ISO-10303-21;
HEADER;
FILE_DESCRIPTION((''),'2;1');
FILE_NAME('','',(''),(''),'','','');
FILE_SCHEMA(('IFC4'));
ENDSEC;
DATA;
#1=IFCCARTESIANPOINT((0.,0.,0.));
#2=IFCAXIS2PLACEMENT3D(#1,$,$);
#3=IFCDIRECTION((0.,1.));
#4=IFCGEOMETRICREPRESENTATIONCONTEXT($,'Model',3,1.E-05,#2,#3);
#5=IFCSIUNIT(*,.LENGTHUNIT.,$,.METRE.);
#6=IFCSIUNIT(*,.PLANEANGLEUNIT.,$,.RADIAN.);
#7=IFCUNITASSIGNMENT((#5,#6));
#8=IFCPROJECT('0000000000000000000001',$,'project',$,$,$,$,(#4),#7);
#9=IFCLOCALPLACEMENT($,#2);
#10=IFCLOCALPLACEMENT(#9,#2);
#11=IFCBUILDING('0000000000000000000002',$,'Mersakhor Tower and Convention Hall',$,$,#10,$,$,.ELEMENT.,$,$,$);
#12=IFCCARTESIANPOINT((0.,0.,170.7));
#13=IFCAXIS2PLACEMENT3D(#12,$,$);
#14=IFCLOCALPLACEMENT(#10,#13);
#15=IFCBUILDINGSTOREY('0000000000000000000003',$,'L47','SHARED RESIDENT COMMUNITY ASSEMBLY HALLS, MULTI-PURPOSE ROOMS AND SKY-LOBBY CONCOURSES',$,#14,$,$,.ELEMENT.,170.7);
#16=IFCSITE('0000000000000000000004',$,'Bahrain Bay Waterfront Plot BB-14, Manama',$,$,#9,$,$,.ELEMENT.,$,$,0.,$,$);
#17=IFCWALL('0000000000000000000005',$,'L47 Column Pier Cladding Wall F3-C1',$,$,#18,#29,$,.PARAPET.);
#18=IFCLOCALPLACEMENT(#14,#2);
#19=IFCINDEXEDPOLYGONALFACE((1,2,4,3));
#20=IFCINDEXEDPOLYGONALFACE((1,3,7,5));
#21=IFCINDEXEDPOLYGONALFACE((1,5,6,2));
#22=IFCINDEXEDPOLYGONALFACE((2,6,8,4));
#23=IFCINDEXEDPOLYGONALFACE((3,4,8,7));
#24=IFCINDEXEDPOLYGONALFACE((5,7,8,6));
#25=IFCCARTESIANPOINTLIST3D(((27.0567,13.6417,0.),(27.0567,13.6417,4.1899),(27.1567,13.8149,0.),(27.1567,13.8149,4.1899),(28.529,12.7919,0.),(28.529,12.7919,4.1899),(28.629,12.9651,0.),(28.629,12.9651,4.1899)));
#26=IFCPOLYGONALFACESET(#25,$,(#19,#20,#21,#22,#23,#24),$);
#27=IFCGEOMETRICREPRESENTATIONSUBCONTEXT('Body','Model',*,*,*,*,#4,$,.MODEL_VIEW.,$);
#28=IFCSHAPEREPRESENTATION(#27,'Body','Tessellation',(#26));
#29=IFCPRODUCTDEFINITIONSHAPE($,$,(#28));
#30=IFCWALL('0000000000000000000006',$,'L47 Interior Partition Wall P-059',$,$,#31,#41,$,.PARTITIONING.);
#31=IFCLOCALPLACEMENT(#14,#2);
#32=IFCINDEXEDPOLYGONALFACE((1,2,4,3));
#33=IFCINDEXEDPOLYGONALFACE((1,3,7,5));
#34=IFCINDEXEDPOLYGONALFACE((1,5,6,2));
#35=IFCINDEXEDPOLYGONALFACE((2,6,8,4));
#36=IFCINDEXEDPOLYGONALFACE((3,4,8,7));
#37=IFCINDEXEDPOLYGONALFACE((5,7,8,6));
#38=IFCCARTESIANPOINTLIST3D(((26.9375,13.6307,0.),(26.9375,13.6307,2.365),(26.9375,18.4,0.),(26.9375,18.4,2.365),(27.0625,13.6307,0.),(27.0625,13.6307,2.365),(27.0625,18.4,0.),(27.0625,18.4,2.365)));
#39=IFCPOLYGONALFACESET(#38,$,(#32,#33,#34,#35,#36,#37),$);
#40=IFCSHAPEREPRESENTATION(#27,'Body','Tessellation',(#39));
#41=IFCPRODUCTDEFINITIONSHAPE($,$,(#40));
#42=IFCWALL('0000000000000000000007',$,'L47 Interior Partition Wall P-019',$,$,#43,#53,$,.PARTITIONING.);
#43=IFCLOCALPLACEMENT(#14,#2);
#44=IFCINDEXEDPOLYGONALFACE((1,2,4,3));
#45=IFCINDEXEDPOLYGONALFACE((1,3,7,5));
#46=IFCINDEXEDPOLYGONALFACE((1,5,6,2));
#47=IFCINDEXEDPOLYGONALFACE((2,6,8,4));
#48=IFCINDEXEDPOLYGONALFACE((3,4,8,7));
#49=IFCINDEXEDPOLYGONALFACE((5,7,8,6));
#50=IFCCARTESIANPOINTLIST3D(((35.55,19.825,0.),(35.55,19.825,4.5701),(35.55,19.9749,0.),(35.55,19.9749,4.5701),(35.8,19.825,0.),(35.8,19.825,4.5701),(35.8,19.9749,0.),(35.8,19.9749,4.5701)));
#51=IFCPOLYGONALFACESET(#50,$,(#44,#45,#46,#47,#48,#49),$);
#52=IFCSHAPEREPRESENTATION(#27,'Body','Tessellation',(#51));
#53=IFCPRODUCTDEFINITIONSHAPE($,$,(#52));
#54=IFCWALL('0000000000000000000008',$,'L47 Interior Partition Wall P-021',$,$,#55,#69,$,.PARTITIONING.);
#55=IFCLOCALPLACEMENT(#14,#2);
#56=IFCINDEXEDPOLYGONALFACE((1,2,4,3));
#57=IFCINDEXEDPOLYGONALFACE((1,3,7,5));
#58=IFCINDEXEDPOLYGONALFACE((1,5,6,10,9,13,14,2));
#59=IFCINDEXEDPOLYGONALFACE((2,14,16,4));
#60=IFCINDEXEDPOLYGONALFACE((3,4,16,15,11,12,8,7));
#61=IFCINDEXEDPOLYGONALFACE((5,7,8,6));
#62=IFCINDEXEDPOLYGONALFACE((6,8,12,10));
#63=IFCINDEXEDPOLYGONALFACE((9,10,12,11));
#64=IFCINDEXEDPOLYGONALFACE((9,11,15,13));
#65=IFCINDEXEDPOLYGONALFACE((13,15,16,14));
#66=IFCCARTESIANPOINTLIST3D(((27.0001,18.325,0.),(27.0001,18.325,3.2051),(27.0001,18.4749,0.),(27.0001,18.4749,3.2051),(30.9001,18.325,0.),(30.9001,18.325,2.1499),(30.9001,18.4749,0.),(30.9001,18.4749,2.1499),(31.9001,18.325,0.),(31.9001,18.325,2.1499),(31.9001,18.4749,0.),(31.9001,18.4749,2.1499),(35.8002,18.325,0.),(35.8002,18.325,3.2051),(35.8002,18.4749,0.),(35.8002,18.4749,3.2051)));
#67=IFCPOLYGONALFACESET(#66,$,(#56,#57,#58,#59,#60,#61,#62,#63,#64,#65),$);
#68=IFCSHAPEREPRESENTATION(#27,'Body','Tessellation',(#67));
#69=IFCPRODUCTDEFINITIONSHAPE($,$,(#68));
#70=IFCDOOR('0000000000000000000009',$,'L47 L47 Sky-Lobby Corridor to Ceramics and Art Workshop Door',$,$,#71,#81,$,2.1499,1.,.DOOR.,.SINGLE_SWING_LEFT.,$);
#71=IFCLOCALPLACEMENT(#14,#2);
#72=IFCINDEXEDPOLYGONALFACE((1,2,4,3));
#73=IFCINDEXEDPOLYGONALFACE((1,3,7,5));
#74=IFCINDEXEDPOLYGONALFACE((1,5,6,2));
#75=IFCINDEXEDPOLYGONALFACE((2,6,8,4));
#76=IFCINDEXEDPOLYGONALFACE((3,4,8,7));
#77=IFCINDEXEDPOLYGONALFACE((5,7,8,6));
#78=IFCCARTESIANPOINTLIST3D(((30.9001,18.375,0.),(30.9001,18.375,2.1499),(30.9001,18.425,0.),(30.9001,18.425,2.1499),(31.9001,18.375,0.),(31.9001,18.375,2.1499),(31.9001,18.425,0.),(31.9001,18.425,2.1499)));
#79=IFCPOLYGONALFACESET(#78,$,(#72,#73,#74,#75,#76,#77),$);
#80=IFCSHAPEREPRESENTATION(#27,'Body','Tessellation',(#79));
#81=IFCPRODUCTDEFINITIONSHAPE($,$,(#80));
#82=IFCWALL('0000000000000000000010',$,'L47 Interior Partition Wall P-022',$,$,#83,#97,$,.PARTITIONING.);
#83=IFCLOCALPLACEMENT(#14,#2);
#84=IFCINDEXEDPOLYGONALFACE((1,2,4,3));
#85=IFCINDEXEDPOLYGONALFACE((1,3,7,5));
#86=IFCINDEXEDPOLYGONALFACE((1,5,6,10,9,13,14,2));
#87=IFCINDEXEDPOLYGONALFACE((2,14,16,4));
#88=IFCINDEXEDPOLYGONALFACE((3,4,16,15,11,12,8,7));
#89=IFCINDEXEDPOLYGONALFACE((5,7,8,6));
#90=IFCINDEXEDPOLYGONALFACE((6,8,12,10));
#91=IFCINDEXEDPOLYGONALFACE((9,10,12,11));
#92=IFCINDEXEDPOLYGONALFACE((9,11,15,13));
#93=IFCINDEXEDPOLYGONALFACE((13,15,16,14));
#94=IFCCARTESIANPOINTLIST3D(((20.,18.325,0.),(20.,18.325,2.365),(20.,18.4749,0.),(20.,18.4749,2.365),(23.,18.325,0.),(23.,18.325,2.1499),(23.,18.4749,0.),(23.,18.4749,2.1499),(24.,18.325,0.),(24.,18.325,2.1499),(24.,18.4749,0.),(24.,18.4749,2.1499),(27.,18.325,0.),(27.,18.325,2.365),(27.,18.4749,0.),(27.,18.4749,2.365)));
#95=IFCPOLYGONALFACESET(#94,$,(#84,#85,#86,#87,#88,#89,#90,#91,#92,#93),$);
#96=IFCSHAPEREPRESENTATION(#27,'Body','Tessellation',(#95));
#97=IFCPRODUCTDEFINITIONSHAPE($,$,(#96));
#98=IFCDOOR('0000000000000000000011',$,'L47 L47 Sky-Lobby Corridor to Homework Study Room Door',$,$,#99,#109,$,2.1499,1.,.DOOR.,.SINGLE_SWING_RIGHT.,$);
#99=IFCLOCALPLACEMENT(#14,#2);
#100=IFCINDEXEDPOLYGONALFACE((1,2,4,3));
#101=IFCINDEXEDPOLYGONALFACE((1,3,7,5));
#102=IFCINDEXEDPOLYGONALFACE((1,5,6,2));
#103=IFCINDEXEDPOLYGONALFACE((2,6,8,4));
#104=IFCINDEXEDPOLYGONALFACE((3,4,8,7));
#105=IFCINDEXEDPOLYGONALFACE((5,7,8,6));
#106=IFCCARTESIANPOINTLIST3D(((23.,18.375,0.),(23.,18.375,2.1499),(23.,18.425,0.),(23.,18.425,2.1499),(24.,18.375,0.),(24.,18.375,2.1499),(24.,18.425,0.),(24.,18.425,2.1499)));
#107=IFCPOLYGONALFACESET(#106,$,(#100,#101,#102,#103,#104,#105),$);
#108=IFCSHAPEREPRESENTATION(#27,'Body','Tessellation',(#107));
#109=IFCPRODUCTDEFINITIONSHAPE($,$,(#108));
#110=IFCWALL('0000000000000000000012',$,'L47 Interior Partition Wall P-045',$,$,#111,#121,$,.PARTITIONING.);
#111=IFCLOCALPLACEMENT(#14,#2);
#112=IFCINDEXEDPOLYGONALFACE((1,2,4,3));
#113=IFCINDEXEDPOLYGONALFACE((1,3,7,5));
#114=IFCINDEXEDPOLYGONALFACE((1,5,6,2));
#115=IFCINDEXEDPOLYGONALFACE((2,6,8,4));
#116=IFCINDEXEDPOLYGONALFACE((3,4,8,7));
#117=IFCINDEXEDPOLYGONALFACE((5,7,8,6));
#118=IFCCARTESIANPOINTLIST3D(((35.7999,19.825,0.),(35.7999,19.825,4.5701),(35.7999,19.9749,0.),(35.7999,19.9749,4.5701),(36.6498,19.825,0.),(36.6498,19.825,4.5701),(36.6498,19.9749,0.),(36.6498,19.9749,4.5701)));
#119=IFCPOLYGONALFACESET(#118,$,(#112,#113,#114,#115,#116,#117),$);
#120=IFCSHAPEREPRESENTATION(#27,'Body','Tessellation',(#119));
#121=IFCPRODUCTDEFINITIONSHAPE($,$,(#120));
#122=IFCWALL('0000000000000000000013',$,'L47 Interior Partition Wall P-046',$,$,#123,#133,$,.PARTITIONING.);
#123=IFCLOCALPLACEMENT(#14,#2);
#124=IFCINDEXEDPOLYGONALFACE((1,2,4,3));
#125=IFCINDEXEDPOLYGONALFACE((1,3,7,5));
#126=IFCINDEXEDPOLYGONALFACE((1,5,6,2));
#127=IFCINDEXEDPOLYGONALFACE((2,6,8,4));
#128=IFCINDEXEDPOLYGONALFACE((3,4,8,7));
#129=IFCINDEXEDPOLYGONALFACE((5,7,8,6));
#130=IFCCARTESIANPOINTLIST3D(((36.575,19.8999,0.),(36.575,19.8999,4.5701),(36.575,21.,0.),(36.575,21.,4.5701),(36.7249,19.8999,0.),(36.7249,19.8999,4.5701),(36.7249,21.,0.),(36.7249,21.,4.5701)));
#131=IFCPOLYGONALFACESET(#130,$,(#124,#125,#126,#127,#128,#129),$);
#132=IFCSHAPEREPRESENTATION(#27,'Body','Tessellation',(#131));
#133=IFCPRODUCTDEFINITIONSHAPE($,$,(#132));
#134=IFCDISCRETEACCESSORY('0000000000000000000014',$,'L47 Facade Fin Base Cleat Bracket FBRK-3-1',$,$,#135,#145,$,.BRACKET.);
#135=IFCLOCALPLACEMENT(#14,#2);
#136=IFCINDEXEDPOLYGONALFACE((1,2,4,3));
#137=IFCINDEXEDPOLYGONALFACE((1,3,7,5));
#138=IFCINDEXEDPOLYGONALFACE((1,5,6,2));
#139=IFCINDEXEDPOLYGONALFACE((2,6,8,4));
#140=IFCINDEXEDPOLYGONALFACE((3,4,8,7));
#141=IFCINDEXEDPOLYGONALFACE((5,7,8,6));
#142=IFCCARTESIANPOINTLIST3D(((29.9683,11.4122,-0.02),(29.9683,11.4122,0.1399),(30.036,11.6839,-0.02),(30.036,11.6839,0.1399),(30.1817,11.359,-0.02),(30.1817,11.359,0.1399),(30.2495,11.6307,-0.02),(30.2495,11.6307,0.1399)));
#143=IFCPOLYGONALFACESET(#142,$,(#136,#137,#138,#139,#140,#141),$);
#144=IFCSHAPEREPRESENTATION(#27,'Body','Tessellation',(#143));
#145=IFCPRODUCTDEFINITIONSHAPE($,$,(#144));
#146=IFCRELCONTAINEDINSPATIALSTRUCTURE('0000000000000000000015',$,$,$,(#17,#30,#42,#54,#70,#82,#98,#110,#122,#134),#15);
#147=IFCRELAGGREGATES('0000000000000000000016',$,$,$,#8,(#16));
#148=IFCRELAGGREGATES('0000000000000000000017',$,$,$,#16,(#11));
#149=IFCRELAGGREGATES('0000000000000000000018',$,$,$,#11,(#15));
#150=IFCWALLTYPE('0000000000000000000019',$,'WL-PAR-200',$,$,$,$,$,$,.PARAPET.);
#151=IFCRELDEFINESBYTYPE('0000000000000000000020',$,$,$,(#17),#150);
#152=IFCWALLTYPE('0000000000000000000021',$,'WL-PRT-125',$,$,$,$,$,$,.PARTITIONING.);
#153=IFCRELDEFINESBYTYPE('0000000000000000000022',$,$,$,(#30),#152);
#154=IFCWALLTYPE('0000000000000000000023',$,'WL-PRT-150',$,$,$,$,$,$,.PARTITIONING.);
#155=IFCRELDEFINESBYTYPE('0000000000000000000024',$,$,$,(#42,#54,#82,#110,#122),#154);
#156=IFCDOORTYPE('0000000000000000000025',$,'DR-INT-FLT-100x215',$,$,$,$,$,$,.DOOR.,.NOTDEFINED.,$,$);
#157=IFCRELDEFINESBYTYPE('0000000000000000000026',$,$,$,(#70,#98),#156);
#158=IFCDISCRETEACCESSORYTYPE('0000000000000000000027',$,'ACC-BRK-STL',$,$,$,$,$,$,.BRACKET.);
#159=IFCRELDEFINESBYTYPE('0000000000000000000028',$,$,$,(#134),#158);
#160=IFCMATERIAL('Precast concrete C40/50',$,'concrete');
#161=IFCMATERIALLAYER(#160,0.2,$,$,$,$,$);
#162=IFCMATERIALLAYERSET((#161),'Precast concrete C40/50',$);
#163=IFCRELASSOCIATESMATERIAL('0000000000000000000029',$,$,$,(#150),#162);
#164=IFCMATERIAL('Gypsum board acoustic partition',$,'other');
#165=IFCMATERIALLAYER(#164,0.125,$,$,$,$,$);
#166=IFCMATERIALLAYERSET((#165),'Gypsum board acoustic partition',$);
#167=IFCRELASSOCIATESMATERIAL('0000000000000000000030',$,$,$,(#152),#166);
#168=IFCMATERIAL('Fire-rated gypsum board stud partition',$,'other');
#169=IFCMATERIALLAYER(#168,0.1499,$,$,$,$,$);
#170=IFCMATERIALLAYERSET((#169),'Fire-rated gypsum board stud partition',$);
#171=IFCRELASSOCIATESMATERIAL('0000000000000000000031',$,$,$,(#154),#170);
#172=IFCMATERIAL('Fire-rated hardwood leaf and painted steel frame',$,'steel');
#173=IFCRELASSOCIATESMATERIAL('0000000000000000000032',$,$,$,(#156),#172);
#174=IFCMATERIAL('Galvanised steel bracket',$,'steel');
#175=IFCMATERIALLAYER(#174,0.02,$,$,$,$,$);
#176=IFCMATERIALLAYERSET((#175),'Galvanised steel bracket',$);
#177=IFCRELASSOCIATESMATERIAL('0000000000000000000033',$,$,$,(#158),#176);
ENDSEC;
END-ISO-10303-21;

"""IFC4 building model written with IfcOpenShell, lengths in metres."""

from ifc_helpers import new_model, si_unit, direction, frame, frame_2d, origin, origin_2d, place, context, subcontext, project, spatial, rectangle, extrude, material, layer, layer_set, type_object, element, fill, save


model = new_model("IFC4")

# Units and contexts
model_context = context("Model", 3, precision=1e-05, world=origin(), true_north=direction((0.0, 1.0)))
body_context = subcontext(model_context, "Body", "Model", "MODEL_VIEW")
ifc_project = project(units=[si_unit("LENGTHUNIT", "METRE"), si_unit("PLANEANGLEUNIT", "RADIAN")], contexts=[model_context])

# Site, building, storey
site_placement = place(None, origin())
site = spatial("IfcSite", under=ifc_project, at=site_placement, Name="Bahrain Bay Waterfront Plot BB-14, Manama", CompositionType="ELEMENT", RefElevation=0.0)
building_placement = place(site_placement, origin())
building = spatial("IfcBuilding", under=site, at=building_placement, Name="Mersakhor Tower and Convention Hall", CompositionType="ELEMENT")
storey_placement = place(building_placement, frame((0.0, 0.0, 170.7)))
storey = spatial("IfcBuildingStorey", under=building, at=storey_placement, Name="L47", Description="SHARED RESIDENT COMMUNITY ASSEMBLY HALLS, MULTI-PURPOSE ROOMS AND SKY-LOBBY CONCOURSES", CompositionType="ELEMENT", Elevation=170.7)

# Walls
ifc_material_1 = material(Name="Precast concrete C40/50", Category="concrete")
ifc_layer_1 = layer(ifc_material_1, 0.2)
ifc_layer_set_1 = layer_set([ifc_layer_1], Name="Precast concrete C40/50")
wall_type_1 = type_object("IfcWallType", Name="WL-PAR-200", PredefinedType="PARAPET", material=ifc_layer_set_1)
wall_1_placement = place(storey_placement, frame((28.5791, 12.8784, 0.0), z_axis=(0.0, 0.0, 1.0), x_axis=(-0.866088, 0.499892, 0.0)))
element("IfcWall", 1, at=wall_1_placement, inside=storey, type_object=wall_type_1, Name="L47 Column Pier Cladding Wall F3-C1", PredefinedType="PARAPET", context=body_context, shape_type="SweptSolid", body=[
    extrude(rectangle(XDim=1.7, YDim=0.2, at=frame_2d((0.8501, 0.0))), origin(), (0.0, 0.0, 1.0), 4.1899),
])
ifc_material_2 = material(Name="Gypsum board acoustic partition", Category="other")
ifc_layer_2 = layer(ifc_material_2, 0.125)
ifc_layer_set_2 = layer_set([ifc_layer_2], Name="Gypsum board acoustic partition")
wall_type_2 = type_object("IfcWallType", Name="WL-PRT-125", PredefinedType="PARTITIONING", material=ifc_layer_set_2)
wall_2_placement = place(storey_placement, frame((27.0, 13.6306, 0.0), z_axis=(0.0, 0.0, 1.0), x_axis=(0.0, 1.0, 0.0)))
element("IfcWall", 2, at=wall_2_placement, inside=storey, type_object=wall_type_2, Name="L47 Interior Partition Wall P-059", PredefinedType="PARTITIONING", context=body_context, shape_type="SweptSolid", body=[
    extrude(rectangle(XDim=4.7693, YDim=0.125, at=frame_2d((2.3848, 0.0))), origin(), (0.0, 0.0, 1.0), 2.365),
])
ifc_material_3 = material(Name="Fire-rated gypsum board stud partition", Category="other")
ifc_layer_3 = layer(ifc_material_3, 0.1499)
ifc_layer_set_3 = layer_set([ifc_layer_3], Name="Fire-rated gypsum board stud partition")
wall_type_3 = type_object("IfcWallType", Name="WL-PRT-150", PredefinedType="PARTITIONING", material=ifc_layer_set_3)
wall_3_placement = place(storey_placement, frame((35.55, 19.8999, 0.0), z_axis=(0.0, 0.0, 1.0), x_axis=(1.0, 0.0, 0.0)))
element("IfcWall", 3, at=wall_3_placement, inside=storey, type_object=wall_type_3, Name="L47 Interior Partition Wall P-019", PredefinedType="PARTITIONING", context=body_context, shape_type="SweptSolid", body=[
    extrude(rectangle(XDim=0.25, YDim=0.1499, at=frame_2d((0.125, 0.0))), origin(), (0.0, 0.0, 1.0), 4.5701),
])

# Walls, openings, doors
ifc_material_4 = material(Name="Fire-rated hardwood leaf and painted steel frame", Category="steel")
door_type_1 = type_object("IfcDoorType", Name="DR-INT-FLT-100x215", OperationType="NOTDEFINED", PredefinedType="DOOR", material=ifc_material_4)
wall_4_placement = place(storey_placement, frame((35.8, 18.3999, 0.0), z_axis=(0.0, 0.0, 1.0), x_axis=(-1.0, 0.0, 0.0)))
wall_4 = element("IfcWall", 4, at=wall_4_placement, inside=storey, type_object=wall_type_3, Name="L47 Interior Partition Wall P-021", PredefinedType="PARTITIONING", context=body_context, shape_type="SweptSolid", body=[
    extrude(rectangle(XDim=8.8, YDim=0.1499, at=frame_2d((4.3999, 0.0))), origin(), (0.0, 0.0, 1.0), 3.2051),
])
opening_1_placement = place(wall_4_placement, frame((3.8999, 0.0, 0.0)))
opening_1 = element("IfcOpeningElement", 5, at=opening_1_placement, cuts=wall_4, PredefinedType="OPENING", context=body_context, shape_type="SweptSolid", body=[
    extrude(rectangle(XDim=1.0, YDim=2.1499, at=frame_2d((0.5, 1.075))), frame((0.0, 0.085, 0.0), z_axis=(0.0, -1.0, 0.0), x_axis=(1.0, 0.0, 0.0)), (0.0, 0.0, 1.0), 0.1699),
])
door_1_placement = place(opening_1_placement, origin())
door_1 = element("IfcDoor", 6, at=door_1_placement, inside=storey, type_object=door_type_1, Name="L47 L47 Sky-Lobby Corridor to Ceramics and Art Workshop Door", OperationType="SINGLE_SWING_LEFT", OverallHeight=2.1499, OverallWidth=1.0, PredefinedType="DOOR", context=body_context, shape_type="SweptSolid", body=[
    extrude(rectangle(XDim=1.0, YDim=2.1499, at=frame_2d((0.5, 1.075))), frame((0.0, 0.0249, 0.0), z_axis=(0.0, -1.0, 0.0), x_axis=(1.0, 0.0, 0.0)), (0.0, 0.0, 1.0), 0.05),
])
fill(opening_1, door_1)
wall_5_placement = place(storey_placement, frame((27.0, 18.3999, 0.0), z_axis=(0.0, 0.0, 1.0), x_axis=(-1.0, 0.0, 0.0)))
wall_5 = element("IfcWall", 7, at=wall_5_placement, inside=storey, type_object=wall_type_3, Name="L47 Interior Partition Wall P-022", PredefinedType="PARTITIONING", context=body_context, shape_type="SweptSolid", body=[
    extrude(rectangle(XDim=7.0, YDim=0.1499, at=frame_2d((3.5, 0.0))), origin(), (0.0, 0.0, 1.0), 2.365),
])
opening_2_placement = place(wall_5_placement, frame((3.0, 0.0, 0.0)))
opening_2 = element("IfcOpeningElement", 8, at=opening_2_placement, cuts=wall_5, PredefinedType="OPENING", context=body_context, shape_type="SweptSolid", body=[
    extrude(rectangle(XDim=1.0, YDim=2.1499, at=frame_2d((0.5, 1.075))), frame((0.0, 0.085, 0.0), z_axis=(0.0, -1.0, 0.0), x_axis=(1.0, 0.0, 0.0)), (0.0, 0.0, 1.0), 0.1699),
])
door_2_placement = place(opening_2_placement, origin())
door_2 = element("IfcDoor", 9, at=door_2_placement, inside=storey, type_object=door_type_1, Name="L47 L47 Sky-Lobby Corridor to Homework Study Room Door", OperationType="SINGLE_SWING_RIGHT", OverallHeight=2.1499, OverallWidth=1.0, PredefinedType="DOOR", context=body_context, shape_type="SweptSolid", body=[
    extrude(rectangle(XDim=1.0, YDim=2.1499, at=frame_2d((0.5, 1.075))), frame((0.0, 0.0249, 0.0), z_axis=(0.0, -1.0, 0.0), x_axis=(1.0, 0.0, 0.0)), (0.0, 0.0, 1.0), 0.05),
])
fill(opening_2, door_2)

# Walls
wall_6_placement = place(storey_placement, frame((35.8, 19.8999, 0.0), z_axis=(0.0, 0.0, 1.0), x_axis=(1.0, 0.0, 0.0)))
element("IfcWall", 10, at=wall_6_placement, inside=storey, type_object=wall_type_3, Name="L47 Interior Partition Wall P-045", PredefinedType="PARTITIONING", context=body_context, shape_type="SweptSolid", body=[
    extrude(rectangle(XDim=0.8499, YDim=0.1499, at=frame_2d((0.4248, 0.0))), origin(), (0.0, 0.0, 1.0), 4.5701),
])
wall_7_placement = place(storey_placement, frame((36.6499, 19.8999, 0.0), z_axis=(0.0, 0.0, 1.0), x_axis=(0.0, 1.0, 0.0)))
element("IfcWall", 11, at=wall_7_placement, inside=storey, type_object=wall_type_3, Name="L47 Interior Partition Wall P-046", PredefinedType="PARTITIONING", context=body_context, shape_type="SweptSolid", body=[
    extrude(rectangle(XDim=1.1001, YDim=0.1499, at=frame_2d((0.55, 0.0))), origin(), (0.0, 0.0, 1.0), 4.5701),
])

# Discrete accessory
ifc_material_5 = material(Name="Galvanised steel bracket", Category="steel")
ifc_layer_4 = layer(ifc_material_5, 0.02)
ifc_layer_set_4 = layer_set([ifc_layer_4], Name="Galvanised steel bracket")
discrete_accessory_type = type_object("IfcDiscreteAccessoryType", Name="ACC-BRK-STL", PredefinedType="BRACKET", material=ifc_layer_set_4)
discrete_accessory_placement = place(storey_placement, frame((30.1089, 11.5215, -0.02), z_axis=(0.0, 0.0, 1.0), x_axis=(-0.241922, -0.970296, 0.0)))
element("IfcDiscreteAccessory", 12, at=discrete_accessory_placement, inside=storey, type_object=discrete_accessory_type, Name="L47 Facade Fin Base Cleat Bracket FBRK-3-1", PredefinedType="BRACKET", context=body_context, shape_type="SweptSolid", body=[
    extrude(rectangle(XDim=0.28, YDim=0.22, at=origin_2d()), origin(), (0.0, 0.0, 1.0), 0.1599),
])

save(model, "model.ifc")
